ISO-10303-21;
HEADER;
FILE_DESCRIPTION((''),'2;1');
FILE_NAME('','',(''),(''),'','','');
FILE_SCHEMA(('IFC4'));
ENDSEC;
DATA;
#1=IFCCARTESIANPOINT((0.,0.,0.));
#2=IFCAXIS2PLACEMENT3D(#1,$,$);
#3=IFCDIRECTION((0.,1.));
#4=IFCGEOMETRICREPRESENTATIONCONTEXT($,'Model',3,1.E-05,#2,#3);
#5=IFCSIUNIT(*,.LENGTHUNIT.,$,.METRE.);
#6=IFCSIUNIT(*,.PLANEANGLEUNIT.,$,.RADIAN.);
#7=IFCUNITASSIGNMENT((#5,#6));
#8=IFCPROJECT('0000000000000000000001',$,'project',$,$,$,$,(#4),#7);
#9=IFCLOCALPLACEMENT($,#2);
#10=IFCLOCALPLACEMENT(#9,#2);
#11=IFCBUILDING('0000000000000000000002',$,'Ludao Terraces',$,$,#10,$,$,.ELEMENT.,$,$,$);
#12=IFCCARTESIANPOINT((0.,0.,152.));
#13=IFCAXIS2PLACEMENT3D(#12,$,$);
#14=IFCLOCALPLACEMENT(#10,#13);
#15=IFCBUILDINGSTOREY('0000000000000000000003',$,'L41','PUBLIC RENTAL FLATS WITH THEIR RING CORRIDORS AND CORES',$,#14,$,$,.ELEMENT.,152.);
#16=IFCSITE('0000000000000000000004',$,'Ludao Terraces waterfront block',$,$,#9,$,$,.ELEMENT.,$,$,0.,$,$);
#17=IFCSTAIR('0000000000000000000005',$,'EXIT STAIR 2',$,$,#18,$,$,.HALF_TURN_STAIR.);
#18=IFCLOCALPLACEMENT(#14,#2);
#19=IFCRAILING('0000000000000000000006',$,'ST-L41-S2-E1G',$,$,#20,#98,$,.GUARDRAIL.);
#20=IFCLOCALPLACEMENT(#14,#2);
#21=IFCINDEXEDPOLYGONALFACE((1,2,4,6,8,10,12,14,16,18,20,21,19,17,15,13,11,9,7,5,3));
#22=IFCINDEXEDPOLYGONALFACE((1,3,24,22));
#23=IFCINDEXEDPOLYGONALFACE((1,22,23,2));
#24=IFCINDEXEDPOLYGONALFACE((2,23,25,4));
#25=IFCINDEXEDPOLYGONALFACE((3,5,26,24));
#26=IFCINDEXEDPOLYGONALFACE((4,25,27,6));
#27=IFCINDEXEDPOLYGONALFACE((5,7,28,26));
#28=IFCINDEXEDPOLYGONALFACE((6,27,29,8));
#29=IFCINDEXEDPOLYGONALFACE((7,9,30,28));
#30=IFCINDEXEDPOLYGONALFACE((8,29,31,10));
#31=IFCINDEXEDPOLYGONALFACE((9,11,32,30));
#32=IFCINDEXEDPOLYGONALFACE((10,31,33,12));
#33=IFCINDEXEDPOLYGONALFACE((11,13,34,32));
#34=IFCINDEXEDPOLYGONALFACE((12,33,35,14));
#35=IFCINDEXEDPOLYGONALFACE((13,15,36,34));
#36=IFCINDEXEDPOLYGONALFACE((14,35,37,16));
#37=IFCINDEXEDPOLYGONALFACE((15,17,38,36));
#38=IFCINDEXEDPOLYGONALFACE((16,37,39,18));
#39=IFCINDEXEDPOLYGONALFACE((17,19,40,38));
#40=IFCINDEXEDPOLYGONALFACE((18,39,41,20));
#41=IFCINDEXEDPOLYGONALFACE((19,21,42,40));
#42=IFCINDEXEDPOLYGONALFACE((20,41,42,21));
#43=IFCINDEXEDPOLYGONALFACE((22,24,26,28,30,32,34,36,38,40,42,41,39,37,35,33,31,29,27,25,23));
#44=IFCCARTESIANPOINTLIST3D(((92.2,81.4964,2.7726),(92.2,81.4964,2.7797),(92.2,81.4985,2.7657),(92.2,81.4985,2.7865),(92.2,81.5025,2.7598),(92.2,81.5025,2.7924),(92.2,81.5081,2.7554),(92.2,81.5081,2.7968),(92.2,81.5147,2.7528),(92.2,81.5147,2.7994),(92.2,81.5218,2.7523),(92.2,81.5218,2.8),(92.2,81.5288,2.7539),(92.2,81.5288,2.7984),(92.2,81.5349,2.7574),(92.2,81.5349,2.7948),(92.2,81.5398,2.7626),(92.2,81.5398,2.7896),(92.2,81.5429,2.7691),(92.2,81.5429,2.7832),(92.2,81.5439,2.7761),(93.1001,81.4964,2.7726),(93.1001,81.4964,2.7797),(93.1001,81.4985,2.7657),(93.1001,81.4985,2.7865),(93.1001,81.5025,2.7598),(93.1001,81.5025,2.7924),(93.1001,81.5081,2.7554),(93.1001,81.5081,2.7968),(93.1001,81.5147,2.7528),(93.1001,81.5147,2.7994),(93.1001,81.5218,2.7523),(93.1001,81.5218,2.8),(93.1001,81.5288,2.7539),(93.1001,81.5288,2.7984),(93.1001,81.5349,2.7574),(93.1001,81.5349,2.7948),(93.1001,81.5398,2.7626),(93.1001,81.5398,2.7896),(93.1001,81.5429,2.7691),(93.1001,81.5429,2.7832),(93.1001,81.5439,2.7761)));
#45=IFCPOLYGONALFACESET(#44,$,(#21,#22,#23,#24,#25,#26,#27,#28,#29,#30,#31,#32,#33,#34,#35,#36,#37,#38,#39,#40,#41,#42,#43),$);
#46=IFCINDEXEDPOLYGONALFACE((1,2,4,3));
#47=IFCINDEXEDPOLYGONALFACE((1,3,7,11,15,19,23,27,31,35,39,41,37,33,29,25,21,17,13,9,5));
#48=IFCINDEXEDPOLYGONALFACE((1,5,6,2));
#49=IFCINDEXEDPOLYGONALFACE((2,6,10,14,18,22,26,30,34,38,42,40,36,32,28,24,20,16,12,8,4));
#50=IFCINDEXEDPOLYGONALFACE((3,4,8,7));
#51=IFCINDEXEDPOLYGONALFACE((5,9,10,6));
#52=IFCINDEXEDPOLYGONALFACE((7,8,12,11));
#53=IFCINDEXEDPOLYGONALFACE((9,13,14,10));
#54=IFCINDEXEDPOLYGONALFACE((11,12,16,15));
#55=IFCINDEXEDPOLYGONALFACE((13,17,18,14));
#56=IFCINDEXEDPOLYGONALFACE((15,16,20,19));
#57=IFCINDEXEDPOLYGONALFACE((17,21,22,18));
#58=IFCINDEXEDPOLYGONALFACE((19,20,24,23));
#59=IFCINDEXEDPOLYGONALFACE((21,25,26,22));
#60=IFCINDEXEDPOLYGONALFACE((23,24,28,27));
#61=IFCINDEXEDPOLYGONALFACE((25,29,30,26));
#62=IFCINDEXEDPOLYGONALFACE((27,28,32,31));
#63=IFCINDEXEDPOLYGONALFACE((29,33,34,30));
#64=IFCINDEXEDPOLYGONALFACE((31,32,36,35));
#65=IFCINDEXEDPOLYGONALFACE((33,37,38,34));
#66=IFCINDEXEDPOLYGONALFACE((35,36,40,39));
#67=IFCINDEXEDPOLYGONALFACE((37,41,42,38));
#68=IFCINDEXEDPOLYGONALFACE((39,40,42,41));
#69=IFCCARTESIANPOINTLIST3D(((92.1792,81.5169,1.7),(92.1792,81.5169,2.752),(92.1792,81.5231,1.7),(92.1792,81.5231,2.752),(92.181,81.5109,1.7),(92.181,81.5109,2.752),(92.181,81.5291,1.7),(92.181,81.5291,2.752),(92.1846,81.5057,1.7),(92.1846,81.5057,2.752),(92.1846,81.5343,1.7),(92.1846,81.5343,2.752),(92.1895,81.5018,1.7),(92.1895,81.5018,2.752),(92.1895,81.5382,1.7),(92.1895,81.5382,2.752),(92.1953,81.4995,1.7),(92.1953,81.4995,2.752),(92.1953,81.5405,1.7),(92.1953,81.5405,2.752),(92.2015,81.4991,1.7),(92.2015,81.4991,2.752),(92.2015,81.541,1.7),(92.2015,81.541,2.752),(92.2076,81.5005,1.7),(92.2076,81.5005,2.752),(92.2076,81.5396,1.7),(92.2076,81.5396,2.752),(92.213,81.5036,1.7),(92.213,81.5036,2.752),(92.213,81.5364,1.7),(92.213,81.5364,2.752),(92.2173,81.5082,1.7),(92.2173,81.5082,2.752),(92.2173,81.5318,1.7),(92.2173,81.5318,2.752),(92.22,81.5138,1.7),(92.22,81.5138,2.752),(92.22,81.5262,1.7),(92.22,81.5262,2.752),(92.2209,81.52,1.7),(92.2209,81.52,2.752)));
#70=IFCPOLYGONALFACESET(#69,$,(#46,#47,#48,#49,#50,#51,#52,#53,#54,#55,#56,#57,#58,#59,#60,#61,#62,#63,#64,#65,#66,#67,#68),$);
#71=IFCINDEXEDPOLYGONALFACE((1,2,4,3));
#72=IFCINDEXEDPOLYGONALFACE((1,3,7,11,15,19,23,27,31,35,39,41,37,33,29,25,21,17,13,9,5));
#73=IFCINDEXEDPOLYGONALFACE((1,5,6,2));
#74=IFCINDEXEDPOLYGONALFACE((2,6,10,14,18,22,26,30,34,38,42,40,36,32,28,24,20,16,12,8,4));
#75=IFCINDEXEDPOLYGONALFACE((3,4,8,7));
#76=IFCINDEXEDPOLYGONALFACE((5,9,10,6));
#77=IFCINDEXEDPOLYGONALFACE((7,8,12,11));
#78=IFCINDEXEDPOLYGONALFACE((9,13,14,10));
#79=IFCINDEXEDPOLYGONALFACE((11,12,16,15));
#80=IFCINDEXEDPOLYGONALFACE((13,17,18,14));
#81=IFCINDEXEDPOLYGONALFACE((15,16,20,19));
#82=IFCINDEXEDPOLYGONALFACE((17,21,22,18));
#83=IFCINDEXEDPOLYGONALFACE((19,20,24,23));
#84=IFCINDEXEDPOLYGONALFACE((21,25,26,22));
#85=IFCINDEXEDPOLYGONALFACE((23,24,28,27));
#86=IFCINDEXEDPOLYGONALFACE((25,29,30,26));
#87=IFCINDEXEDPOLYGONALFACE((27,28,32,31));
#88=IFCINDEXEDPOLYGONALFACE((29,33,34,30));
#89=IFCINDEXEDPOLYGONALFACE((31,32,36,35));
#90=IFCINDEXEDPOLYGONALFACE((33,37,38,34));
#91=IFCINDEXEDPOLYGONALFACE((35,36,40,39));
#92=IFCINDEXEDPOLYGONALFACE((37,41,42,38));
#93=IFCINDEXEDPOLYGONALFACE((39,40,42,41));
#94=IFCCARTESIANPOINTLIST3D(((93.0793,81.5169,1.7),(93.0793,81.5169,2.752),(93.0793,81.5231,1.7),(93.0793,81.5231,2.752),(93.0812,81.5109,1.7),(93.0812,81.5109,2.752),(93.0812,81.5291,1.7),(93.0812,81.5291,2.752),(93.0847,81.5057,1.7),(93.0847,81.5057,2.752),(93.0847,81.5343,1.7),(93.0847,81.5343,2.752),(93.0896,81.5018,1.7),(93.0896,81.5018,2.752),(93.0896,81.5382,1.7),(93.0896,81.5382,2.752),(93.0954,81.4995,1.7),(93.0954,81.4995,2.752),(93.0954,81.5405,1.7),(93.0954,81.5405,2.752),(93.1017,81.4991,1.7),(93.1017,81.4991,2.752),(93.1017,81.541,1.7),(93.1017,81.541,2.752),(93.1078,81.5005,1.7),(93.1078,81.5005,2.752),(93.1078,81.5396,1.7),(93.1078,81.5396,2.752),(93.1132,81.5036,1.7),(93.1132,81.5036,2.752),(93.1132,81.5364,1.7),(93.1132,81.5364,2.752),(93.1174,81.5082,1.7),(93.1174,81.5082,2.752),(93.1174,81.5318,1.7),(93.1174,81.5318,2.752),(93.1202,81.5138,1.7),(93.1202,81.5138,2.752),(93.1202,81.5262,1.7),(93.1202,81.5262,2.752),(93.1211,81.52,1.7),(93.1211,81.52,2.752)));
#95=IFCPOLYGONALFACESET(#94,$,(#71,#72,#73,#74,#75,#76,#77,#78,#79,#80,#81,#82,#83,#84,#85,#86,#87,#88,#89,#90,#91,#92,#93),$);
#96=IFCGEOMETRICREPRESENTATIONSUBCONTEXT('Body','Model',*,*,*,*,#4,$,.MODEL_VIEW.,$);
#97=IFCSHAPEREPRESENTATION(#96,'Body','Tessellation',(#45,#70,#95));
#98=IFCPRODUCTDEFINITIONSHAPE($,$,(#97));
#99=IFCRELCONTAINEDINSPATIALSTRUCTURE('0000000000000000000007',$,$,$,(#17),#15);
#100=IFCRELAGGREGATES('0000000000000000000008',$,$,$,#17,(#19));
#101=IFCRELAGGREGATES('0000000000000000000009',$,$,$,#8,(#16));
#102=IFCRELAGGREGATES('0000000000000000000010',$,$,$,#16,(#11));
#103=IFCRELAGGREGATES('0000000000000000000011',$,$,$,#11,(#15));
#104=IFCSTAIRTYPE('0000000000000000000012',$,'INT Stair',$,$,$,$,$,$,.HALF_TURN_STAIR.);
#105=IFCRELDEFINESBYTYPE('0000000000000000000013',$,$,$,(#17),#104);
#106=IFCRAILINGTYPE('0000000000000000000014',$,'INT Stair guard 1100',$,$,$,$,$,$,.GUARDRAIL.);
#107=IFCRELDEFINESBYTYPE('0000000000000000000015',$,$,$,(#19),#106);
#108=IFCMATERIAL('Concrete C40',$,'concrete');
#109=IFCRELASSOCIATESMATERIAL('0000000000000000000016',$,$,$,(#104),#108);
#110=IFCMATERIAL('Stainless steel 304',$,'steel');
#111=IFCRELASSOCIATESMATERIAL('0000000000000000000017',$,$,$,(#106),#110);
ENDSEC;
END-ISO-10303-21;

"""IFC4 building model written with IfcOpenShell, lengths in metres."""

from ifc_helpers import new_model, si_unit, direction, frame, origin, origin_2d, place, context, subcontext, project, spatial, circle, extrude, material, type_object, element, aggregate, save


model = new_model("IFC4")

# Units and contexts
model_context = context("Model", 3, precision=1e-05, world=origin(), true_north=direction((0.0, 1.0)))
body_context = subcontext(model_context, "Body", "Model", "MODEL_VIEW")
ifc_project = project(units=[si_unit("LENGTHUNIT", "METRE"), si_unit("PLANEANGLEUNIT", "RADIAN")], contexts=[model_context])

# Site, building, storey
site_placement = place(None, origin())
site = spatial("IfcSite", under=ifc_project, at=site_placement, Name="Ludao Terraces waterfront block", CompositionType="ELEMENT", RefElevation=0.0)
building_placement = place(site_placement, origin())
building = spatial("IfcBuilding", under=site, at=building_placement, Name="Ludao Terraces", CompositionType="ELEMENT")
storey_placement = place(building_placement, frame((0.0, 0.0, 152.0)))
storey = spatial("IfcBuildingStorey", under=building, at=storey_placement, Name="L41", Description="PUBLIC RENTAL FLATS WITH THEIR RING CORRIDORS AND CORES", CompositionType="ELEMENT", Elevation=152.0)

# Shared definitions
ifc_material_1 = material(Name="Stainless steel 304", Category="steel")

# Stair, railing
ifc_material_2 = material(Name="Concrete C40", Category="concrete")
stair_type = type_object("IfcStairType", Name="INT Stair", PredefinedType="HALF_TURN_STAIR", material=ifc_material_2)
stair_placement = place(storey_placement, origin())
stair = element("IfcStair", 1, at=stair_placement, inside=storey, type_object=stair_type, Name="EXIT STAIR 2", PredefinedType="HALF_TURN_STAIR")
railing_type_1 = type_object("IfcRailingType", Name="INT Stair guard 1100", PredefinedType="GUARDRAIL", material=ifc_material_1)
railing_1_placement = place(storey_placement, frame((92.2, 81.52, 1.7)))
railing_1 = element("IfcRailing", 2, at=railing_1_placement, type_object=railing_type_1, Name="ST-L41-S2-E1G", PredefinedType="GUARDRAIL", context=body_context, shape_type="SweptSolid", body=[
    extrude(circle(Radius=0.0239, at=origin_2d()), frame((0.0, 0.0, 1.0762), z_axis=(1.0, 0.0, 0.0), x_axis=(0.0, 1.0, 0.0)), (0.0, 0.0, 1.0), 0.9001),
    extrude(circle(Radius=0.021, at=origin_2d()), origin(), (0.0, 0.0, 1.0), 1.052),
    extrude(circle(Radius=0.021, at=origin_2d()), frame((0.9001, 0.0, 0.0)), (0.0, 0.0, 1.0), 1.052),
])
aggregate(stair, [railing_1])

save(model, "model.ifc")
